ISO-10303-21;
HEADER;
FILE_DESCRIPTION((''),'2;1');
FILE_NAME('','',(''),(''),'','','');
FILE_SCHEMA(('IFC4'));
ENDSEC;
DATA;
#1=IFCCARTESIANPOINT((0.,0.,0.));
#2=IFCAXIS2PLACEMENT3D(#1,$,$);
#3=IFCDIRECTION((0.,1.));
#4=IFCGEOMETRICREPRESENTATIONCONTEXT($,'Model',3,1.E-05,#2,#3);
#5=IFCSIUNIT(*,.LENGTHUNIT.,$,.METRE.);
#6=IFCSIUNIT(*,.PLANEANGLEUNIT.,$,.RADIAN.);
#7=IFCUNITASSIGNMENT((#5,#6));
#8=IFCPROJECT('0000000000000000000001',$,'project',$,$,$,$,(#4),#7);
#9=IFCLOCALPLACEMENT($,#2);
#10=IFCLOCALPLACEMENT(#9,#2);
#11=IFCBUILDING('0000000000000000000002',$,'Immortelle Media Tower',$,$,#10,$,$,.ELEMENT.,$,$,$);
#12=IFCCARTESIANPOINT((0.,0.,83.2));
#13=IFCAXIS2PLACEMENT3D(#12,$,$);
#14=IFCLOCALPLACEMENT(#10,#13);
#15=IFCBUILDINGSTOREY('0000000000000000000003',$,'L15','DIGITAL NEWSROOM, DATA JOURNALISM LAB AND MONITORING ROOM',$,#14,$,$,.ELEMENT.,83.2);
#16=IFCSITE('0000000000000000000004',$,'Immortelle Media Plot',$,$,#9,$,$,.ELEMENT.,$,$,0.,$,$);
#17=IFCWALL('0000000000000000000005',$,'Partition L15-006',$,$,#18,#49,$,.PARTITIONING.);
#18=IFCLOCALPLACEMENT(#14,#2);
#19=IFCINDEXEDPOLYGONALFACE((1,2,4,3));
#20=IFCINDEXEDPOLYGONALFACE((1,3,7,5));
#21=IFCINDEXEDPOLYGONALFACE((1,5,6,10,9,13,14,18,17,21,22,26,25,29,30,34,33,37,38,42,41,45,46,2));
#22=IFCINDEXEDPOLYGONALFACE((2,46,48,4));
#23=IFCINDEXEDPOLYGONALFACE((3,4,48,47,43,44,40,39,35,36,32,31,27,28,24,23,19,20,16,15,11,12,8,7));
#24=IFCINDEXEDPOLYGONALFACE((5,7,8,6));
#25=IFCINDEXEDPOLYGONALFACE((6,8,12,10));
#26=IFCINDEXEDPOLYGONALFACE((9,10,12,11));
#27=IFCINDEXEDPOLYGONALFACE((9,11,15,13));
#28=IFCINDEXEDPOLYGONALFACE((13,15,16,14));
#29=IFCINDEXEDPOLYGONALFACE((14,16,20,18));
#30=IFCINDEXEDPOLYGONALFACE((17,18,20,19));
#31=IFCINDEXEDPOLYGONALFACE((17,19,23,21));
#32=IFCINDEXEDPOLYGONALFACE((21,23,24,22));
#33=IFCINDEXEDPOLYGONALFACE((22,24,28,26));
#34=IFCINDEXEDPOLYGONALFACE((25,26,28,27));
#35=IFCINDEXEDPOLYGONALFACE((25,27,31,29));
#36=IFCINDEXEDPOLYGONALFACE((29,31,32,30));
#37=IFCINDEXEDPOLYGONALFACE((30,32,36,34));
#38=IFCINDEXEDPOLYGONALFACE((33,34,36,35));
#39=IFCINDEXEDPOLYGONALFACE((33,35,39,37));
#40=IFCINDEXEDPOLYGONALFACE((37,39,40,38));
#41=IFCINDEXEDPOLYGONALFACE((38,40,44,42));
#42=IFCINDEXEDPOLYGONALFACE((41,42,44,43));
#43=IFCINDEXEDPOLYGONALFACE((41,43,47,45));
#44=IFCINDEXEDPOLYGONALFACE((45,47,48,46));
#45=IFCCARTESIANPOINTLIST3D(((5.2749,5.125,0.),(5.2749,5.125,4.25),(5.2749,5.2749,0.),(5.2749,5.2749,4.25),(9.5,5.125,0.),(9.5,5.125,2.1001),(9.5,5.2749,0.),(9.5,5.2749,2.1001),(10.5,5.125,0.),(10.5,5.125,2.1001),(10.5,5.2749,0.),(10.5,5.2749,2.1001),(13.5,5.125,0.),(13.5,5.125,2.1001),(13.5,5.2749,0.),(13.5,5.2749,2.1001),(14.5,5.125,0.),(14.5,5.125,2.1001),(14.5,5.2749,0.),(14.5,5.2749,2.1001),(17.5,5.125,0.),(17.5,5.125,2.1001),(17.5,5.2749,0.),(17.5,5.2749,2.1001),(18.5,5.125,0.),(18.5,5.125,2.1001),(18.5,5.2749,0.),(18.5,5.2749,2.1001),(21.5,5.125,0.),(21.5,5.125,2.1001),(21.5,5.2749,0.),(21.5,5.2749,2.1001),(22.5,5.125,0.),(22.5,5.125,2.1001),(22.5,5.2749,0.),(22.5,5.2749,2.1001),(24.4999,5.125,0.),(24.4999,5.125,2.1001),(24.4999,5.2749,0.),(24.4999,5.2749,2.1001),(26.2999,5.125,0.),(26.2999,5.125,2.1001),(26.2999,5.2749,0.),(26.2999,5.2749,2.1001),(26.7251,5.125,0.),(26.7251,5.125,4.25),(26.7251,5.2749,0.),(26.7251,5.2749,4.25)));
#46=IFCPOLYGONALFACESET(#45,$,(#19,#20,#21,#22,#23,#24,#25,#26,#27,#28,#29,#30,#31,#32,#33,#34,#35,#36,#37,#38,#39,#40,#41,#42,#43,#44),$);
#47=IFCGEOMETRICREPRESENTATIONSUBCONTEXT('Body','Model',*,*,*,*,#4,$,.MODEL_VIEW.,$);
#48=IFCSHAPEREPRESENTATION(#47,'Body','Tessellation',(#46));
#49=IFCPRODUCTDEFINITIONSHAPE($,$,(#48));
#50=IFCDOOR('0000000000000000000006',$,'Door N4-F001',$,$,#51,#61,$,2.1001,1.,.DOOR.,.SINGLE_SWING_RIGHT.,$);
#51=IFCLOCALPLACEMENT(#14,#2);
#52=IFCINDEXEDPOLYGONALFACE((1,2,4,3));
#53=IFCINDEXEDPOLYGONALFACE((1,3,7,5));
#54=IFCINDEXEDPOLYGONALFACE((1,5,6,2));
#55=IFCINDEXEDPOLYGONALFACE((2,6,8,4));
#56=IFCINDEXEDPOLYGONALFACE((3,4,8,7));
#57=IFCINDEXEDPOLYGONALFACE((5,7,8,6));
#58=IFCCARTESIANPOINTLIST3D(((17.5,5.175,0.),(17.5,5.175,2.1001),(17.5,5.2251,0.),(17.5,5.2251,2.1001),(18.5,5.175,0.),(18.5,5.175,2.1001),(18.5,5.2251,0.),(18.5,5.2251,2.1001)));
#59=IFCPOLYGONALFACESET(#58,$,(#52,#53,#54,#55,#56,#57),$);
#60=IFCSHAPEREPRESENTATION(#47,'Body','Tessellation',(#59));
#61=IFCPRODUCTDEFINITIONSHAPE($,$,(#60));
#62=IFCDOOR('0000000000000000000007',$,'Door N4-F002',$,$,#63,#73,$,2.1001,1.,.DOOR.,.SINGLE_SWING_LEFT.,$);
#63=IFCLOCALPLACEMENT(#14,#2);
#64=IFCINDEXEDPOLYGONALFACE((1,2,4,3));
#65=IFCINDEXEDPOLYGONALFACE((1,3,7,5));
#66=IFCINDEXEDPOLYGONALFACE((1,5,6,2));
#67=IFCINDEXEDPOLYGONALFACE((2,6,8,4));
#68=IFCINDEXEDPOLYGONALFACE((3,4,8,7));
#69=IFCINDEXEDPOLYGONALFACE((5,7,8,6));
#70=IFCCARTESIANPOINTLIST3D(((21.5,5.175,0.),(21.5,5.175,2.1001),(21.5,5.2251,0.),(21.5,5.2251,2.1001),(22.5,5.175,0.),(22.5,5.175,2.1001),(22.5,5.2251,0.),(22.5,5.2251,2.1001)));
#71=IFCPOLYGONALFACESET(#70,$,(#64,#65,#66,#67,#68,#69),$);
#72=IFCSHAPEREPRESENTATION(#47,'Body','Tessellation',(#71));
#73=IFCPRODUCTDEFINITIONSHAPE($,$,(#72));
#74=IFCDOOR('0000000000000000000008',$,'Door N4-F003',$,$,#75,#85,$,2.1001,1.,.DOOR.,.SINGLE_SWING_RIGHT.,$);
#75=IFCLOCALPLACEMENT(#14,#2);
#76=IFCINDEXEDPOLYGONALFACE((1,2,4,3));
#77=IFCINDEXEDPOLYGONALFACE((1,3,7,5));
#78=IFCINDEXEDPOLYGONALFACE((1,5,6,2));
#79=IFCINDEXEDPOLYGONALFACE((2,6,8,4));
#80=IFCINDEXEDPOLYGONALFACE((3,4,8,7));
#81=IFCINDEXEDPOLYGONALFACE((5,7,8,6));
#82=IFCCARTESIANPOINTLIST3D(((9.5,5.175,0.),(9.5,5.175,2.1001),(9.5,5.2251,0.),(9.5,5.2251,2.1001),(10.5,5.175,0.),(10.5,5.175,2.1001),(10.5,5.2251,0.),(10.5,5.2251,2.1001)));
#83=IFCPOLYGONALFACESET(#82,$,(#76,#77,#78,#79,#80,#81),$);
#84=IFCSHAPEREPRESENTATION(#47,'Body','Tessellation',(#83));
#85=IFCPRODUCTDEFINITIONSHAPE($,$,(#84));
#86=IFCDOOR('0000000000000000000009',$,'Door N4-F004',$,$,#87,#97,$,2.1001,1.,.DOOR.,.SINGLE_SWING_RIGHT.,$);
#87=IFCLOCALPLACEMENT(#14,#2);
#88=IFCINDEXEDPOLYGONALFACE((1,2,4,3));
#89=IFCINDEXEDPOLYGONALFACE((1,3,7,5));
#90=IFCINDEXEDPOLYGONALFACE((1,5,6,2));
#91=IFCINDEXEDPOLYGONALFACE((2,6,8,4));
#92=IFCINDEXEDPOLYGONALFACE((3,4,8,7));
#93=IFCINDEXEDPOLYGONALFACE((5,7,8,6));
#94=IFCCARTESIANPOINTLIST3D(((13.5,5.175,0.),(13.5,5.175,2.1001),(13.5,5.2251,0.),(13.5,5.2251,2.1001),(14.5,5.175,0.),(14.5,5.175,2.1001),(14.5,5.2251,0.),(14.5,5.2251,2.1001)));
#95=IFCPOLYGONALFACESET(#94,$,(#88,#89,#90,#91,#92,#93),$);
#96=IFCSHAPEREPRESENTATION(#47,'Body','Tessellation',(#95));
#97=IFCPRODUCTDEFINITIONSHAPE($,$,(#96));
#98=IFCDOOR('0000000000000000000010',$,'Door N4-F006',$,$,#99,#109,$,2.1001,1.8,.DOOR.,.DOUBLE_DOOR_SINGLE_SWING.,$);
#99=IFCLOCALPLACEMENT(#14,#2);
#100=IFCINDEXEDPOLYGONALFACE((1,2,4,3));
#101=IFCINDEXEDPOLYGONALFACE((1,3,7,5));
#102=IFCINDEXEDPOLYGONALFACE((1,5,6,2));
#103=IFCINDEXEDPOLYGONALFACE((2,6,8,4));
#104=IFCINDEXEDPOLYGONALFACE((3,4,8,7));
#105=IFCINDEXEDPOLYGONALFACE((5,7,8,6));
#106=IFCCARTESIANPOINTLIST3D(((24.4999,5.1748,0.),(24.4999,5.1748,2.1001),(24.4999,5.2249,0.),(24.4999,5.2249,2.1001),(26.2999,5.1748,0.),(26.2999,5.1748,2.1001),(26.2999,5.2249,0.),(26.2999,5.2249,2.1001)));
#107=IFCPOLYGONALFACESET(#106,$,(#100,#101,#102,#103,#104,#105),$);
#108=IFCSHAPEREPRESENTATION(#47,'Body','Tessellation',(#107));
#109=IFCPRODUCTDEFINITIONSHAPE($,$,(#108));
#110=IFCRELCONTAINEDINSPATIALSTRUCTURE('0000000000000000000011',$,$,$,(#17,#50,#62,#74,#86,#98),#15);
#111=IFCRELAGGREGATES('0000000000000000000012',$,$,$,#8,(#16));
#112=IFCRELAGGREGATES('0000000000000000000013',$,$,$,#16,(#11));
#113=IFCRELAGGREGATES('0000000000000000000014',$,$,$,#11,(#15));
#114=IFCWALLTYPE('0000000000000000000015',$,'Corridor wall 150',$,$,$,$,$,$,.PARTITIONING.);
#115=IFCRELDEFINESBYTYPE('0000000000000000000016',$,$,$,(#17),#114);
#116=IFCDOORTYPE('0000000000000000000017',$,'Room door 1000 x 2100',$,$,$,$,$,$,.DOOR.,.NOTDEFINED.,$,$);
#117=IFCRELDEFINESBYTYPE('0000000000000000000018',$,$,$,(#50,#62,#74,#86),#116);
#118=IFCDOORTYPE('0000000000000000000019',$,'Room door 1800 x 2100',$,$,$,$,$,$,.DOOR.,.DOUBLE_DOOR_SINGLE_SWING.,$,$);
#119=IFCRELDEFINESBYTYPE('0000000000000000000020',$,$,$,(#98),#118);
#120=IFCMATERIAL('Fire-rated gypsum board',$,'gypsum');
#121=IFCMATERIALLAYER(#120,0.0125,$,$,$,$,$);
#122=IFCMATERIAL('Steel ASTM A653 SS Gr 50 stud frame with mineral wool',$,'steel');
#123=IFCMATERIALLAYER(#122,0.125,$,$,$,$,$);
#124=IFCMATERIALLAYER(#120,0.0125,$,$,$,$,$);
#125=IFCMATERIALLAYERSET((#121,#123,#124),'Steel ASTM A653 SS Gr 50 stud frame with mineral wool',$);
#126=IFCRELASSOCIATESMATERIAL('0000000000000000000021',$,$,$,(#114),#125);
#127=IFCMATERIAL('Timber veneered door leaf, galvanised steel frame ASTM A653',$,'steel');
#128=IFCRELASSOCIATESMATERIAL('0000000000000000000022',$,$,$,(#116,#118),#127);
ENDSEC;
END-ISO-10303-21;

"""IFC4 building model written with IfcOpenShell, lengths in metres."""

from ifc_helpers import new_model, si_unit, direction, frame, frame_2d, origin, place, context, subcontext, project, spatial, rectangle, extrude, material, layer, layer_set, type_object, element, fill, save


model = new_model("IFC4")

# Units and contexts
model_context = context("Model", 3, precision=1e-05, world=origin(), true_north=direction((0.0, 1.0)))
body_context = subcontext(model_context, "Body", "Model", "MODEL_VIEW")
ifc_project = project(units=[si_unit("LENGTHUNIT", "METRE"), si_unit("PLANEANGLEUNIT", "RADIAN")], contexts=[model_context])

# Site, building, storey
site_placement = place(None, origin())
site = spatial("IfcSite", under=ifc_project, at=site_placement, Name="Immortelle Media Plot", CompositionType="ELEMENT", RefElevation=0.0)
building_placement = place(site_placement, origin())
building = spatial("IfcBuilding", under=site, at=building_placement, Name="Immortelle Media Tower", CompositionType="ELEMENT")
storey_placement = place(building_placement, frame((0.0, 0.0, 83.2)))
storey = spatial("IfcBuildingStorey", under=building, at=storey_placement, Name="L15", Description="DIGITAL NEWSROOM, DATA JOURNALISM LAB AND MONITORING ROOM", CompositionType="ELEMENT", Elevation=83.2)

# Wall, openings, doors
ifc_material_1 = material(Name="Fire-rated gypsum board", Category="gypsum")
ifc_layer_1 = layer(ifc_material_1, 0.0125)
ifc_material_2 = material(Name="Steel ASTM A653 SS Gr 50 stud frame with mineral wool", Category="steel")
ifc_layer_2 = layer(ifc_material_2, 0.125)
ifc_layer_3 = layer(ifc_material_1, 0.0125)
ifc_layer_set_1 = layer_set([ifc_layer_1, ifc_layer_2, ifc_layer_3], Name="Steel ASTM A653 SS Gr 50 stud frame with mineral wool")
wall_type_1 = type_object("IfcWallType", Name="Corridor wall 150", PredefinedType="PARTITIONING", material=ifc_layer_set_1)
wall_1_placement = place(storey_placement, frame((5.2749, 5.2, 0.0), z_axis=(0.0, 0.0, 1.0), x_axis=(1.0, 0.0, 0.0)))
wall_1 = element("IfcWall", 1, at=wall_1_placement, inside=storey, type_object=wall_type_1, Name="Partition L15-006", PredefinedType="PARTITIONING", context=body_context, shape_type="SweptSolid", body=[
    extrude(rectangle(XDim=21.4502, YDim=0.1499, at=frame_2d((10.7251, 0.0))), origin(), (0.0, 0.0, 1.0), 4.25),
])
opening_1_placement = place(wall_1_placement, frame((13.2251, 0.0, 0.0), z_axis=(0.0, 0.0, 1.0), x_axis=(-1.0, 0.0, 0.0)))
opening_1 = element("IfcOpeningElement", 2, at=opening_1_placement, cuts=wall_1, PredefinedType="OPENING", context=body_context, shape_type="SweptSolid", body=[
    extrude(rectangle(XDim=1.0, YDim=2.1001, at=frame_2d((0.5, 1.05))), frame((0.0, 0.085, 0.0), z_axis=(0.0, -1.0, 0.0), x_axis=(1.0, 0.0, 0.0)), (0.0, 0.0, 1.0), 0.1699),
])
opening_2_placement = place(wall_1_placement, frame((17.2251, 0.0, 0.0), z_axis=(0.0, 0.0, 1.0), x_axis=(-1.0, 0.0, 0.0)))
opening_2 = element("IfcOpeningElement", 3, at=opening_2_placement, cuts=wall_1, PredefinedType="OPENING", context=body_context, shape_type="SweptSolid", body=[
    extrude(rectangle(XDim=1.0, YDim=2.1001, at=frame_2d((0.5, 1.05))), frame((0.0, 0.085, 0.0), z_axis=(0.0, -1.0, 0.0), x_axis=(1.0, 0.0, 0.0)), (0.0, 0.0, 1.0), 0.1699),
])
opening_3_placement = place(wall_1_placement, frame((5.2251, 0.0, 0.0), z_axis=(0.0, 0.0, 1.0), x_axis=(-1.0, 0.0, 0.0)))
opening_3 = element("IfcOpeningElement", 4, at=opening_3_placement, cuts=wall_1, PredefinedType="OPENING", context=body_context, shape_type="SweptSolid", body=[
    extrude(rectangle(XDim=1.0, YDim=2.1001, at=frame_2d((0.5, 1.05))), frame((0.0, 0.085, 0.0), z_axis=(0.0, -1.0, 0.0), x_axis=(1.0, 0.0, 0.0)), (0.0, 0.0, 1.0), 0.1699),
])
opening_4_placement = place(wall_1_placement, frame((9.2251, 0.0, 0.0), z_axis=(0.0, 0.0, 1.0), x_axis=(-1.0, 0.0, 0.0)))
opening_4 = element("IfcOpeningElement", 5, at=opening_4_placement, cuts=wall_1, PredefinedType="OPENING", context=body_context, shape_type="SweptSolid", body=[
    extrude(rectangle(XDim=1.0, YDim=2.1001, at=frame_2d((0.5, 1.05))), frame((0.0, 0.085, 0.0), z_axis=(0.0, -1.0, 0.0), x_axis=(1.0, 0.0, 0.0)), (0.0, 0.0, 1.0), 0.1699),
])
opening_5_placement = place(wall_1_placement, frame((19.2251, 0.0, 0.0)))
opening_5 = element("IfcOpeningElement", 6, at=opening_5_placement, cuts=wall_1, PredefinedType="OPENING", context=body_context, shape_type="SweptSolid", body=[
    extrude(rectangle(XDim=1.8, YDim=2.1001, at=frame_2d((0.8999, 1.05))), frame((0.0, 0.085, 0.0), z_axis=(0.0, -1.0, 0.0), x_axis=(1.0, 0.0, 0.0)), (0.0, 0.0, 1.0), 0.1699),
])
ifc_material_3 = material(Name="Timber veneered door leaf, galvanised steel frame ASTM A653", Category="steel")
door_type_1 = type_object("IfcDoorType", Name="Room door 1000 x 2100", OperationType="NOTDEFINED", PredefinedType="DOOR", material=ifc_material_3)
door_1_placement = place(opening_1_placement, origin())
door_1 = element("IfcDoor", 7, at=door_1_placement, inside=storey, type_object=door_type_1, Name="Door N4-F001", OperationType="SINGLE_SWING_RIGHT", OverallHeight=2.1001, OverallWidth=1.0, PredefinedType="DOOR", context=body_context, shape_type="SweptSolid", body=[
    extrude(rectangle(XDim=1.0, YDim=2.1001, at=frame_2d((0.5, 1.05))), frame((0.0, 0.0249, 0.0), z_axis=(0.0, -1.0, 0.0), x_axis=(1.0, 0.0, 0.0)), (0.0, 0.0, 1.0), 0.05),
])
fill(opening_1, door_1)
door_2_placement = place(opening_2_placement, origin())
door_2 = element("IfcDoor", 8, at=door_2_placement, inside=storey, type_object=door_type_1, Name="Door N4-F002", OperationType="SINGLE_SWING_LEFT", OverallHeight=2.1001, OverallWidth=1.0, PredefinedType="DOOR", context=body_context, shape_type="SweptSolid", body=[
    extrude(rectangle(XDim=1.0, YDim=2.1001, at=frame_2d((0.5, 1.05))), frame((0.0, 0.0249, 0.0), z_axis=(0.0, -1.0, 0.0), x_axis=(1.0, 0.0, 0.0)), (0.0, 0.0, 1.0), 0.05),
])
fill(opening_2, door_2)
door_3_placement = place(opening_3_placement, origin())
door_3 = element("IfcDoor", 9, at=door_3_placement, inside=storey, type_object=door_type_1, Name="Door N4-F003", OperationType="SINGLE_SWING_RIGHT", OverallHeight=2.1001, OverallWidth=1.0, PredefinedType="DOOR", context=body_context, shape_type="SweptSolid", body=[
    extrude(rectangle(XDim=1.0, YDim=2.1001, at=frame_2d((0.5, 1.05))), frame((0.0, 0.0249, 0.0), z_axis=(0.0, -1.0, 0.0), x_axis=(1.0, 0.0, 0.0)), (0.0, 0.0, 1.0), 0.05),
])
fill(opening_3, door_3)
door_4_placement = place(opening_4_placement, origin())
door_4 = element("IfcDoor", 10, at=door_4_placement, inside=storey, type_object=door_type_1, Name="Door N4-F004", OperationType="SINGLE_SWING_RIGHT", OverallHeight=2.1001, OverallWidth=1.0, PredefinedType="DOOR", context=body_context, shape_type="SweptSolid", body=[
    extrude(rectangle(XDim=1.0, YDim=2.1001, at=frame_2d((0.5, 1.05))), frame((0.0, 0.0249, 0.0), z_axis=(0.0, -1.0, 0.0), x_axis=(1.0, 0.0, 0.0)), (0.0, 0.0, 1.0), 0.05),
])
fill(opening_4, door_4)
door_type_2 = type_object("IfcDoorType", Name="Room door 1800 x 2100", OperationType="DOUBLE_DOOR_SINGLE_SWING", PredefinedType="DOOR", material=ifc_material_3)
door_5_placement = place(opening_5_placement, origin())
door_5 = element("IfcDoor", 11, at=door_5_placement, inside=storey, type_object=door_type_2, Name="Door N4-F006", OperationType="DOUBLE_DOOR_SINGLE_SWING", OverallHeight=2.1001, OverallWidth=1.8, PredefinedType="DOOR", context=body_context, shape_type="SweptSolid", body=[
    extrude(rectangle(XDim=1.8, YDim=2.1001, at=frame_2d((0.8999, 1.05))), frame((0.0, 0.0249, 0.0), z_axis=(0.0, -1.0, 0.0), x_axis=(1.0, 0.0, 0.0)), (0.0, 0.0, 1.0), 0.05),
])
fill(opening_5, door_5)

save(model, "model.ifc")
